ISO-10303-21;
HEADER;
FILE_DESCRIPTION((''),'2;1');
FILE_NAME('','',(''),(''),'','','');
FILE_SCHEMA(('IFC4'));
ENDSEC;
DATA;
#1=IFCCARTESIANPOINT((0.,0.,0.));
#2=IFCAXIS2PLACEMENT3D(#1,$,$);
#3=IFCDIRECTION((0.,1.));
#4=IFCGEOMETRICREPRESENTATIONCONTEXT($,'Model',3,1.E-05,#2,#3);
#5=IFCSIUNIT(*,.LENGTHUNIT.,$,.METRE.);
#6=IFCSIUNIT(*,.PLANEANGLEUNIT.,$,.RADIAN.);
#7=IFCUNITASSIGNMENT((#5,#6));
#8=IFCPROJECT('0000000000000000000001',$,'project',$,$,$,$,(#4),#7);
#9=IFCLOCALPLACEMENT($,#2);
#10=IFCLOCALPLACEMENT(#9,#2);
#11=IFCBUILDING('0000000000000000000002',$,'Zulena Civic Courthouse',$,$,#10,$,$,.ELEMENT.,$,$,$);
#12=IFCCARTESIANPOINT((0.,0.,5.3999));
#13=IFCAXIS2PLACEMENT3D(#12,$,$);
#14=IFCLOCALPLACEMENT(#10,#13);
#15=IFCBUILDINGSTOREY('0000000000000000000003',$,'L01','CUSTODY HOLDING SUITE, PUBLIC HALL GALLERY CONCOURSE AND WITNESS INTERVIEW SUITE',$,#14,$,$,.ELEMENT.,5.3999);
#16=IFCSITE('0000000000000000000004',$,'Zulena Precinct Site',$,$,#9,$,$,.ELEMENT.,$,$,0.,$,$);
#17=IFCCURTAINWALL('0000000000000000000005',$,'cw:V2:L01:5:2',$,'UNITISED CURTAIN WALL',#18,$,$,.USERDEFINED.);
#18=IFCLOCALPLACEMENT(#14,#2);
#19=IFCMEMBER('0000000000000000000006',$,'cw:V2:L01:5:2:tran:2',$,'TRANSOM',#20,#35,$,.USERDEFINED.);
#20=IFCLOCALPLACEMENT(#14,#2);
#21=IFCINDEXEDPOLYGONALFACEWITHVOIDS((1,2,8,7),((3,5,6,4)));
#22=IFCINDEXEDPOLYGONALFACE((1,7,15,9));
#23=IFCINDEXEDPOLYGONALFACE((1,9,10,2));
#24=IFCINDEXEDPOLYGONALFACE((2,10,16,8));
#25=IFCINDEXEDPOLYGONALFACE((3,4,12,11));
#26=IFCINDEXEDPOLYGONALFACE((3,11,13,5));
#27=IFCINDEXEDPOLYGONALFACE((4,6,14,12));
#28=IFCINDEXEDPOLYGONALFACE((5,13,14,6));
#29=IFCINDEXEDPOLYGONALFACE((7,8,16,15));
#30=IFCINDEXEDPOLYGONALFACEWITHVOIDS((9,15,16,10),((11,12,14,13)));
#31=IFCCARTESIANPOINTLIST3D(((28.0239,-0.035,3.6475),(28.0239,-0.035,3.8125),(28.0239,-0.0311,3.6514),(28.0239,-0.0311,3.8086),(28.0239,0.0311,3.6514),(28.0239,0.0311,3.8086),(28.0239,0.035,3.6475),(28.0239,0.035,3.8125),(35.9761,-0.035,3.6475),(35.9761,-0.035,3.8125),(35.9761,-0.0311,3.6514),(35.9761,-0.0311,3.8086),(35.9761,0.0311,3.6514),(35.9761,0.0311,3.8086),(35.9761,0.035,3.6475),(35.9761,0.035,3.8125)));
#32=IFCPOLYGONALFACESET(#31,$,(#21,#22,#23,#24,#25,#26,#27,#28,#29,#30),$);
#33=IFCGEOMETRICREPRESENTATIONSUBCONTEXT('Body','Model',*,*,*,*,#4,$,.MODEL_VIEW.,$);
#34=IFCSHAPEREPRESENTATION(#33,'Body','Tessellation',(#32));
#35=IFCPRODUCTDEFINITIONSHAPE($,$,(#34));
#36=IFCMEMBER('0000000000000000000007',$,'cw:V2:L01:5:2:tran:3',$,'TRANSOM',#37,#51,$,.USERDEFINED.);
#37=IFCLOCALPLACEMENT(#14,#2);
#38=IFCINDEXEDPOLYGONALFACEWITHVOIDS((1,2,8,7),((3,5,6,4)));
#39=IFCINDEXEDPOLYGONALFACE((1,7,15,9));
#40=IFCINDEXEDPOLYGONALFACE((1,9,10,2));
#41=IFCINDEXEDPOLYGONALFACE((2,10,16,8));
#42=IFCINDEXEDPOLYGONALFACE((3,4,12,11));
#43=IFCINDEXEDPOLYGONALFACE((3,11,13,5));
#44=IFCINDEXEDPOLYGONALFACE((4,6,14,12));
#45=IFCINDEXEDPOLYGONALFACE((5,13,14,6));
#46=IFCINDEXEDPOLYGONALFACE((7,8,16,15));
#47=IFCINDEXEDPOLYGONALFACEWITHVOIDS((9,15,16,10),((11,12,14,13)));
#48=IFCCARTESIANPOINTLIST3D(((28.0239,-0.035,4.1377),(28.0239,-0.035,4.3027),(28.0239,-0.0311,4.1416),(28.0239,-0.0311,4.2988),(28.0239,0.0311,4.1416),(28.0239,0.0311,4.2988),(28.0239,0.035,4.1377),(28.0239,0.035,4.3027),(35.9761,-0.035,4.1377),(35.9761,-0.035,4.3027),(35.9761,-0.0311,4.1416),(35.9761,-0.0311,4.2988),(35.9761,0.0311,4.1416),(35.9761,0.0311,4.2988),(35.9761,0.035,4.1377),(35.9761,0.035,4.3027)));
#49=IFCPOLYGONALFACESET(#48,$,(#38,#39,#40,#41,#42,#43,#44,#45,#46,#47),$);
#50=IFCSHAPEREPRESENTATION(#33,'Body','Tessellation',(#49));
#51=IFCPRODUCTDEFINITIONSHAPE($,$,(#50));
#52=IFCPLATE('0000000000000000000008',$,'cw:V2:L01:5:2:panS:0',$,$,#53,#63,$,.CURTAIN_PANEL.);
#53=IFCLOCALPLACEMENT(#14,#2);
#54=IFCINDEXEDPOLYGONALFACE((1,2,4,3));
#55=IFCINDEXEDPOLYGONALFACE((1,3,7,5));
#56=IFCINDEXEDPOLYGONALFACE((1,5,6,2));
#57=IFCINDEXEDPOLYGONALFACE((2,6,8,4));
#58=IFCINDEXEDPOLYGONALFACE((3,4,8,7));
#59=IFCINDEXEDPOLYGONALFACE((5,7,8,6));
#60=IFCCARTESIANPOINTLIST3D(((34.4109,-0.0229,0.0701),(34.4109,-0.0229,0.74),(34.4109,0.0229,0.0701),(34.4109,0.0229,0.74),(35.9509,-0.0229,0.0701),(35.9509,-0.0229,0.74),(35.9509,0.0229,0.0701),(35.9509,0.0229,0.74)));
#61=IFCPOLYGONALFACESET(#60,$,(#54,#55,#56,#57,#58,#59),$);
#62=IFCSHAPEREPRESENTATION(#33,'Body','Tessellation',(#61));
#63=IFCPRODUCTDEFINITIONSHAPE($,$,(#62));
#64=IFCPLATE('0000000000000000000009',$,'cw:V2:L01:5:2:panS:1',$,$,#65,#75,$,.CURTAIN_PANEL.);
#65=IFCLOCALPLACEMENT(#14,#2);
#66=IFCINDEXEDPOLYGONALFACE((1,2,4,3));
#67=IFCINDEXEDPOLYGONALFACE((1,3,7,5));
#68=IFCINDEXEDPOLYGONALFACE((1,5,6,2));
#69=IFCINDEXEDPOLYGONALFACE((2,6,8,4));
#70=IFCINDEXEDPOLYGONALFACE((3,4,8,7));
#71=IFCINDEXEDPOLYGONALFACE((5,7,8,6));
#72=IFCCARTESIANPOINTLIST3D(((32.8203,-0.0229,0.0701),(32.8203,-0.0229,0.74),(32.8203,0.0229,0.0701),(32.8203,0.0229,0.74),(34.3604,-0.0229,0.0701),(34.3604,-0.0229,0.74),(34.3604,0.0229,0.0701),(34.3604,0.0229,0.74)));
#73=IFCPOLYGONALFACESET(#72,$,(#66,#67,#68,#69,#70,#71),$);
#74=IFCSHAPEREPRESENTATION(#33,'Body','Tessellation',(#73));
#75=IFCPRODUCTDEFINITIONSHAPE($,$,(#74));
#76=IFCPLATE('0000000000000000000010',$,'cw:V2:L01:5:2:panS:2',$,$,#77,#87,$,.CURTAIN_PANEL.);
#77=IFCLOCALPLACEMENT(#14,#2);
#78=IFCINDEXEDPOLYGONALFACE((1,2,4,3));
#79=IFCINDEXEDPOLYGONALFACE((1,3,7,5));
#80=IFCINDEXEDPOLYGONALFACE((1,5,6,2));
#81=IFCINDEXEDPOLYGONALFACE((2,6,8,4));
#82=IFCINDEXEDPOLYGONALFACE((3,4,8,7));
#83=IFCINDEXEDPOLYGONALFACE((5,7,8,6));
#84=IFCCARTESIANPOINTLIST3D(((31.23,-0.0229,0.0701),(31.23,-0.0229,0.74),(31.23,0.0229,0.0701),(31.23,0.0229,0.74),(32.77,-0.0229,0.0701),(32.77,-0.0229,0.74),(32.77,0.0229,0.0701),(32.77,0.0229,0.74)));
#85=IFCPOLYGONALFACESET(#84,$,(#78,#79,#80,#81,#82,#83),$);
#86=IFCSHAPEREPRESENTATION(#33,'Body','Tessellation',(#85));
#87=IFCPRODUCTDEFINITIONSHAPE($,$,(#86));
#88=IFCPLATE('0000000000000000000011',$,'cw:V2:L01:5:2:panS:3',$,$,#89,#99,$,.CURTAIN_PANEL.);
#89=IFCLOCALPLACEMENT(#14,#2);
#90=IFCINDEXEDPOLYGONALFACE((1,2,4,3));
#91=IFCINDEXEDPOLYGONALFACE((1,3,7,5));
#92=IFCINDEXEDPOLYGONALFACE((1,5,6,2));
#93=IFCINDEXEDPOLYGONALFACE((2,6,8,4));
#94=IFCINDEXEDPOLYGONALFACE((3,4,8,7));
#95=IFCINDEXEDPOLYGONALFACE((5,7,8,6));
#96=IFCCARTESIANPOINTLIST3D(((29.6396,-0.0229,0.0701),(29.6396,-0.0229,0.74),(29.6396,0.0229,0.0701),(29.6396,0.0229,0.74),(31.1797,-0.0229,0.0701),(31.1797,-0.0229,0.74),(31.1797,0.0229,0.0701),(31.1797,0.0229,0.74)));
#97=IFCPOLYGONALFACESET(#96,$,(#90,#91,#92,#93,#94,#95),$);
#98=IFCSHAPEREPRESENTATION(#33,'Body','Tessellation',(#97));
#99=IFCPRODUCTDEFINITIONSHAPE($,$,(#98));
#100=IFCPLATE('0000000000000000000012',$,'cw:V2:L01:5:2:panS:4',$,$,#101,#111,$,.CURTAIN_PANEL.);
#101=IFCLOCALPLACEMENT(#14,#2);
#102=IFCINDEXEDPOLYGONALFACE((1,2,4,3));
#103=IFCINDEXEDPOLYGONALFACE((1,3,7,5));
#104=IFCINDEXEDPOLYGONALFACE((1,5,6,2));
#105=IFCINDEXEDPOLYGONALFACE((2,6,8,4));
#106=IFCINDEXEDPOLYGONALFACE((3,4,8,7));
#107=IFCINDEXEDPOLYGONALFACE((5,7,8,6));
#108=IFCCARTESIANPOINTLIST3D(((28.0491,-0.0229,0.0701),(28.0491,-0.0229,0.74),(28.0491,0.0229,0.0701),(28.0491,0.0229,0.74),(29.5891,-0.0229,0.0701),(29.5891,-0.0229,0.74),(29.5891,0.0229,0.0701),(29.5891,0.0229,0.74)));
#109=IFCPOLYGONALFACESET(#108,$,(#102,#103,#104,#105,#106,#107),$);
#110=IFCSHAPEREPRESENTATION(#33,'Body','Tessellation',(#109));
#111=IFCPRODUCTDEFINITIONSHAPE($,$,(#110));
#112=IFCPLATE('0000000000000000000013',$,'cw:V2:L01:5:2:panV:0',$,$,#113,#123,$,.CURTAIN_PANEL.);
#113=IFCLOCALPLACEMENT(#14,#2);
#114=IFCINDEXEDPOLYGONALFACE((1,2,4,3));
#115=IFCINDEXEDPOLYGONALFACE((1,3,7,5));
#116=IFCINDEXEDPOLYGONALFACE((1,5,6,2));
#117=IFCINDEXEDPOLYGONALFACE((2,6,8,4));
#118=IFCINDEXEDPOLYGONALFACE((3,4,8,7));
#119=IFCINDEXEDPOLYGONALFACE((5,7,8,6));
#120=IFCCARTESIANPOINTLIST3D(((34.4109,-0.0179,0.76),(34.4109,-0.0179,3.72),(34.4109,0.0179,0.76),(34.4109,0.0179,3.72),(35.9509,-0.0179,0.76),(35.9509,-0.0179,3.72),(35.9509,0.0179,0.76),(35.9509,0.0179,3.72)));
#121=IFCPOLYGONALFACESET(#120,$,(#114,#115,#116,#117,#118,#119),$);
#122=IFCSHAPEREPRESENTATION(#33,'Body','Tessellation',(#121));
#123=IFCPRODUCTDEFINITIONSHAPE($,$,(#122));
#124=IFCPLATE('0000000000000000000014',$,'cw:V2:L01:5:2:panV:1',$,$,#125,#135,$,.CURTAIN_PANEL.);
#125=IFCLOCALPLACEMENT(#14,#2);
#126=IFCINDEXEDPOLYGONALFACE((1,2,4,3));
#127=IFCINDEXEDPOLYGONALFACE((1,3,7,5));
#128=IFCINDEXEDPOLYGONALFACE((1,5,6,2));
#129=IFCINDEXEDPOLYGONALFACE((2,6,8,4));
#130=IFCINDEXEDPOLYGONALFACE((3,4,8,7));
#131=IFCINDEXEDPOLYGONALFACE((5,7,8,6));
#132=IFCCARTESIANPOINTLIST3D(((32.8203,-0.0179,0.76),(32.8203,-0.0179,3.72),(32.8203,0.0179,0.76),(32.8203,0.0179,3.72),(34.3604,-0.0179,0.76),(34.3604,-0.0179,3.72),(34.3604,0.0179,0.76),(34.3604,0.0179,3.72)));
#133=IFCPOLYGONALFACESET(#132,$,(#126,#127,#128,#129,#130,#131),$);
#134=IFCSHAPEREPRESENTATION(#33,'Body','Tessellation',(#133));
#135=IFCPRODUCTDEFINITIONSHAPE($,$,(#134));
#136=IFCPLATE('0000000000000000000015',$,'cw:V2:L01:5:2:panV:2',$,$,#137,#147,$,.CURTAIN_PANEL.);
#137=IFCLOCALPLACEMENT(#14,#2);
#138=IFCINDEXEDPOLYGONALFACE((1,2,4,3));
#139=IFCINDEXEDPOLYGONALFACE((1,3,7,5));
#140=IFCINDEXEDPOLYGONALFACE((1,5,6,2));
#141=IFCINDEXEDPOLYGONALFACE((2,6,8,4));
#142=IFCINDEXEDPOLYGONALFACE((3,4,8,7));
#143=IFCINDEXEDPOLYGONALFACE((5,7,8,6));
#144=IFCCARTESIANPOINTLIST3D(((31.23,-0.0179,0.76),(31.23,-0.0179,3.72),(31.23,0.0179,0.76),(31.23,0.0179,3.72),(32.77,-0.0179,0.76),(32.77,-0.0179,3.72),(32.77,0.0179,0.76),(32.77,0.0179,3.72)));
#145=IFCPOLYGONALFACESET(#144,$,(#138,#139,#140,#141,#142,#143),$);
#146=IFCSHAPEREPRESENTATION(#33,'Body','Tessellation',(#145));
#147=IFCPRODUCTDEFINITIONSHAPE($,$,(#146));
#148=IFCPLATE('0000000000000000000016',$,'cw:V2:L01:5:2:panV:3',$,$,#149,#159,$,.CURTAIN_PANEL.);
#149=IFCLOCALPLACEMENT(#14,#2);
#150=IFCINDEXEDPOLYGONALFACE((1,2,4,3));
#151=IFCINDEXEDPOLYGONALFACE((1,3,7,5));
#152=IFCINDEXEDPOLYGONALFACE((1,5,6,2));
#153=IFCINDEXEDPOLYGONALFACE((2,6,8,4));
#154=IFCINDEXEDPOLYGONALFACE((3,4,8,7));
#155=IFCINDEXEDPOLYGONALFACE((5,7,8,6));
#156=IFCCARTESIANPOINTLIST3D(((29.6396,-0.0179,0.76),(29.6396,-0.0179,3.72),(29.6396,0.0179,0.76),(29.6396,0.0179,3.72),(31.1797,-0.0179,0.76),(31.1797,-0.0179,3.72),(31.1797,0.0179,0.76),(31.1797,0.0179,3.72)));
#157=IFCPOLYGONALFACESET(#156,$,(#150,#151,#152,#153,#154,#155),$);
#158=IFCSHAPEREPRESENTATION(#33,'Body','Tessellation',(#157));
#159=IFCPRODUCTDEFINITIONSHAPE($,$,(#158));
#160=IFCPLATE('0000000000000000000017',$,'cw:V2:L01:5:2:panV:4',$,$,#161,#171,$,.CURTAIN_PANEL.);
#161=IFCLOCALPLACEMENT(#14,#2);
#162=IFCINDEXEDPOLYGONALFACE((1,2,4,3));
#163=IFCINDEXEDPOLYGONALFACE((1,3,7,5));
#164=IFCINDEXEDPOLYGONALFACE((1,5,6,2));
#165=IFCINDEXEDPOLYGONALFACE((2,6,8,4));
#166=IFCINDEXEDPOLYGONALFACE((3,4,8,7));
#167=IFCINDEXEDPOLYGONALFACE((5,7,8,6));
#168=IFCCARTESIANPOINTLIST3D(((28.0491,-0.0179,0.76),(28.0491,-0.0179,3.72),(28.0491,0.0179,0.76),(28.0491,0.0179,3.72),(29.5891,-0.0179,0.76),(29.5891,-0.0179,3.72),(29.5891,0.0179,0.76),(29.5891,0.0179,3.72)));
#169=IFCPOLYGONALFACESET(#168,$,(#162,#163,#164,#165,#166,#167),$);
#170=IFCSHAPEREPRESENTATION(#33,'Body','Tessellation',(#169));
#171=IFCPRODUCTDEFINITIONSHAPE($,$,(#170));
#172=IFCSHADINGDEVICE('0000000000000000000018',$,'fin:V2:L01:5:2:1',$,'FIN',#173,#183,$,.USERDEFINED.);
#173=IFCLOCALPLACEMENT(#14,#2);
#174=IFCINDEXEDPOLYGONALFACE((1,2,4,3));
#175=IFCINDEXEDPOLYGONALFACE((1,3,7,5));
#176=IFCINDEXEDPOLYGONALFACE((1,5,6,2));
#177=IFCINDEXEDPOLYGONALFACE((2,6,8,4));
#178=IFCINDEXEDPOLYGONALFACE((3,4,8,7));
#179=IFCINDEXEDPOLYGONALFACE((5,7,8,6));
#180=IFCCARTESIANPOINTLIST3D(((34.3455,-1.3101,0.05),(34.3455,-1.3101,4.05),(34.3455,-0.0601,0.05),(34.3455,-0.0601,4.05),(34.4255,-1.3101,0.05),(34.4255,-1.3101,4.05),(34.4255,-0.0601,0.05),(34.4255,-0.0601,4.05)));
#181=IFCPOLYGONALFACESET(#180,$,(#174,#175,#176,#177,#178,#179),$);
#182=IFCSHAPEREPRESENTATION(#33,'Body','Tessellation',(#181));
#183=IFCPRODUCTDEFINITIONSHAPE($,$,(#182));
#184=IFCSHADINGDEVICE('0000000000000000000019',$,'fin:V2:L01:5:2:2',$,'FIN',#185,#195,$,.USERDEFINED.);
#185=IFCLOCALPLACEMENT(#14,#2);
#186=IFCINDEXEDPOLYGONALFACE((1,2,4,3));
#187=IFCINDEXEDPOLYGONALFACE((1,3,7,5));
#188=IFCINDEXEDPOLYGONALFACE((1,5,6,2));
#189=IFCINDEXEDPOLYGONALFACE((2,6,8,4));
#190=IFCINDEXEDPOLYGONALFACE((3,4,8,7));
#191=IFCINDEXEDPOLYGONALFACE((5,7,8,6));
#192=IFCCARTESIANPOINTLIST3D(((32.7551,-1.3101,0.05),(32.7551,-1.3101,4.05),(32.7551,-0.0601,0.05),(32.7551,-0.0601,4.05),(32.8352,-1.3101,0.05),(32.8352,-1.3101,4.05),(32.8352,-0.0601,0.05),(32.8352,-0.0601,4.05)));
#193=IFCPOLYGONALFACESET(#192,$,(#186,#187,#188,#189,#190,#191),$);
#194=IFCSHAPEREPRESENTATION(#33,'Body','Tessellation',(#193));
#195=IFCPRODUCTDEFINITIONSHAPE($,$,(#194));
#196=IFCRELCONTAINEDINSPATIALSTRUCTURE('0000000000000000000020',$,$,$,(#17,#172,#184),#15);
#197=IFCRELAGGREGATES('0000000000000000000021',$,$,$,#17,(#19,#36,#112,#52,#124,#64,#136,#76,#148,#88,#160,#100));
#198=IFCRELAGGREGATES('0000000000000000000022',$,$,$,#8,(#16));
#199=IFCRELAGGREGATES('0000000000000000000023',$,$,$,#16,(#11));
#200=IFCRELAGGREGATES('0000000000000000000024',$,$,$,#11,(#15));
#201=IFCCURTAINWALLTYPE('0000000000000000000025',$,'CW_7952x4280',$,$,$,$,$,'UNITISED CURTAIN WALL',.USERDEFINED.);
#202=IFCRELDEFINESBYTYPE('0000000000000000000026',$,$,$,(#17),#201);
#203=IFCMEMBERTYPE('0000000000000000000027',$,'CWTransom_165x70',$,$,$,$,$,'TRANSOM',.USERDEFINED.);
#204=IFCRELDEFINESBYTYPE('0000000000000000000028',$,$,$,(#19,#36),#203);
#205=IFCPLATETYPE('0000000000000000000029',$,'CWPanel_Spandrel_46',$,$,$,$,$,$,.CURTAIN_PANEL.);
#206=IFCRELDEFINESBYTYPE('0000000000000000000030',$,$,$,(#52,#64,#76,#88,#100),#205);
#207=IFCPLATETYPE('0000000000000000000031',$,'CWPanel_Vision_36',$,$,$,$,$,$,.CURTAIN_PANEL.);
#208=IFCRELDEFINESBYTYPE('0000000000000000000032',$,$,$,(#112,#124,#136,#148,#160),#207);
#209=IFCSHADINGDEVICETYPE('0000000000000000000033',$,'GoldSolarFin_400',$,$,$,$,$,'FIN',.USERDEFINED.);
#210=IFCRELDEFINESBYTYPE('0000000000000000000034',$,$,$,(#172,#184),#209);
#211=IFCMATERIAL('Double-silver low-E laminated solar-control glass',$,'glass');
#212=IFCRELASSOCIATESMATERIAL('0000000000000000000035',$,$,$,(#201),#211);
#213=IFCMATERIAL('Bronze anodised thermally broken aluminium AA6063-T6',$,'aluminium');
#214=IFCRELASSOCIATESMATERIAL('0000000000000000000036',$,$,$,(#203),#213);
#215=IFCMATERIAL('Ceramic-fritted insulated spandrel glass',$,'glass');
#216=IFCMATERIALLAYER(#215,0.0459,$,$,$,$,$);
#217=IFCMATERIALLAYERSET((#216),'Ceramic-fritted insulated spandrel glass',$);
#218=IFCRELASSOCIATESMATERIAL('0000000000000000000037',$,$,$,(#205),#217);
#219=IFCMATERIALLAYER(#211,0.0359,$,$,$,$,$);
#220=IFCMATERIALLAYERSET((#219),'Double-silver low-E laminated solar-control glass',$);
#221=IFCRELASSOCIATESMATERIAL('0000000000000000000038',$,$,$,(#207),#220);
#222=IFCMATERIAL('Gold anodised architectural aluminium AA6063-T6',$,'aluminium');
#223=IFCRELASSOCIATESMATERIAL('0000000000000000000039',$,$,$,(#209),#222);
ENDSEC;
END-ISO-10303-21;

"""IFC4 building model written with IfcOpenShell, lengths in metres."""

from ifc_helpers import new_model, si_unit, direction, frame, origin, origin_2d, place, context, subcontext, project, spatial, rectangle, hollow_rectangle, extrude, material, layer, layer_set, material_profile, profile_set, type_object, element, aggregate, save


model = new_model("IFC4")

# Units and contexts
model_context = context("Model", 3, precision=1e-05, world=origin(), true_north=direction((0.0, 1.0)))
body_context = subcontext(model_context, "Body", "Model", "MODEL_VIEW")
ifc_project = project(units=[si_unit("LENGTHUNIT", "METRE"), si_unit("PLANEANGLEUNIT", "RADIAN")], contexts=[model_context])

# Site, building, storey
site_placement = place(None, origin())
site = spatial("IfcSite", under=ifc_project, at=site_placement, Name="Zulena Precinct Site", CompositionType="ELEMENT", RefElevation=0.0)
building_placement = place(site_placement, origin())
building = spatial("IfcBuilding", under=site, at=building_placement, Name="Zulena Civic Courthouse", CompositionType="ELEMENT")
storey_placement = place(building_placement, frame((0.0, 0.0, 5.3999)))
storey = spatial("IfcBuildingStorey", under=building, at=storey_placement, Name="L01", Description="CUSTODY HOLDING SUITE, PUBLIC HALL GALLERY CONCOURSE AND WITNESS INTERVIEW SUITE", CompositionType="ELEMENT", Elevation=5.3999)

# Shared definitions
ifc_material_1 = material(Name="Double-silver low-E laminated solar-control glass", Category="glass")
curtain_wall_type = type_object("IfcCurtainWallType", Name="CW_7952x4280", ElementType="UNITISED CURTAIN WALL", PredefinedType="USERDEFINED", material=ifc_material_1)
ifc_material_2 = material(Name="Bronze anodised thermally broken aluminium AA6063-T6", Category="aluminium")

# Curtain wall, members, plates
curtain_wall_1_placement = place(storey_placement, origin())
curtain_wall_1 = element("IfcCurtainWall", 1, at=curtain_wall_1_placement, inside=storey, type_object=curtain_wall_type, Name="cw:V2:L01:5:2", ObjectType="UNITISED CURTAIN WALL", PredefinedType="USERDEFINED")
ifc_material_profile_1 = material_profile(ifc_material_2, hollow_rectangle(XDim=0.0701, YDim=0.165, WallThickness=0.0039, at=origin_2d()), Name="CWT165X70X4")
ifc_profile_set_1 = profile_set([ifc_material_profile_1], Name="Bronze anodised thermally broken aluminium AA6063-T6")
member_type_1 = type_object("IfcMemberType", Name="CWTransom_165x70", ElementType="TRANSOM", PredefinedType="USERDEFINED", material=ifc_profile_set_1)
member_1_placement = place(storey_placement, frame((35.9761, 0.0, 3.73), z_axis=(-1.0, 0.0, 0.0), x_axis=(0.0, -1.0, 0.0)))
member_1 = element("IfcMember", 2, at=member_1_placement, type_object=member_type_1, Name="cw:V2:L01:5:2:tran:2", ObjectType="TRANSOM", PredefinedType="USERDEFINED", context=body_context, shape_type="SweptSolid", body=[
    extrude(hollow_rectangle(XDim=0.0701, YDim=0.165, WallThickness=0.0039, at=origin_2d()), origin(), (0.0, 0.0, 1.0), 7.9521),
])
member_2_placement = place(storey_placement, frame((35.9761, 0.0, 4.2202), z_axis=(-1.0, 0.0, 0.0), x_axis=(0.0, -1.0, 0.0)))
member_2 = element("IfcMember", 3, at=member_2_placement, type_object=member_type_1, Name="cw:V2:L01:5:2:tran:3", ObjectType="TRANSOM", PredefinedType="USERDEFINED", context=body_context, shape_type="SweptSolid", body=[
    extrude(hollow_rectangle(XDim=0.0701, YDim=0.165, WallThickness=0.0039, at=origin_2d()), origin(), (0.0, 0.0, 1.0), 7.9521),
])
ifc_material_3 = material(Name="Ceramic-fritted insulated spandrel glass", Category="glass")
ifc_layer_1 = layer(ifc_material_3, 0.0459)
ifc_layer_set_1 = layer_set([ifc_layer_1], Name="Ceramic-fritted insulated spandrel glass")
plate_type_1 = type_object("IfcPlateType", Name="CWPanel_Spandrel_46", PredefinedType="CURTAIN_PANEL", material=ifc_layer_set_1)
plate_1_placement = place(storey_placement, frame((35.1809, 0.0, 0.0701), z_axis=(0.0, 0.0, 1.0), x_axis=(-1.0, 0.0, 0.0)))
plate_1 = element("IfcPlate", 4, at=plate_1_placement, type_object=plate_type_1, Name="cw:V2:L01:5:2:panS:0", PredefinedType="CURTAIN_PANEL", context=body_context, shape_type="SweptSolid", body=[
    extrude(rectangle(XDim=1.54, YDim=0.0459, at=origin_2d()), origin(), (0.0, 0.0, 1.0), 0.6699),
])
plate_2_placement = place(storey_placement, frame((33.5903, 0.0, 0.0701), z_axis=(0.0, 0.0, 1.0), x_axis=(-1.0, 0.0, 0.0)))
plate_2 = element("IfcPlate", 5, at=plate_2_placement, type_object=plate_type_1, Name="cw:V2:L01:5:2:panS:1", PredefinedType="CURTAIN_PANEL", context=body_context, shape_type="SweptSolid", body=[
    extrude(rectangle(XDim=1.54, YDim=0.0459, at=origin_2d()), origin(), (0.0, 0.0, 1.0), 0.6699),
])
plate_3_placement = place(storey_placement, frame((32.0, 0.0, 0.0701), z_axis=(0.0, 0.0, 1.0), x_axis=(-1.0, 0.0, 0.0)))
plate_3 = element("IfcPlate", 6, at=plate_3_placement, type_object=plate_type_1, Name="cw:V2:L01:5:2:panS:2", PredefinedType="CURTAIN_PANEL", context=body_context, shape_type="SweptSolid", body=[
    extrude(rectangle(XDim=1.54, YDim=0.0459, at=origin_2d()), origin(), (0.0, 0.0, 1.0), 0.6699),
])
plate_4_placement = place(storey_placement, frame((30.4097, 0.0, 0.0701), z_axis=(0.0, 0.0, 1.0), x_axis=(-1.0, 0.0, 0.0)))
plate_4 = element("IfcPlate", 7, at=plate_4_placement, type_object=plate_type_1, Name="cw:V2:L01:5:2:panS:3", PredefinedType="CURTAIN_PANEL", context=body_context, shape_type="SweptSolid", body=[
    extrude(rectangle(XDim=1.54, YDim=0.0459, at=origin_2d()), origin(), (0.0, 0.0, 1.0), 0.6699),
])
plate_5_placement = place(storey_placement, frame((28.8191, 0.0, 0.0701), z_axis=(0.0, 0.0, 1.0), x_axis=(-1.0, 0.0, 0.0)))
plate_5 = element("IfcPlate", 8, at=plate_5_placement, type_object=plate_type_1, Name="cw:V2:L01:5:2:panS:4", PredefinedType="CURTAIN_PANEL", context=body_context, shape_type="SweptSolid", body=[
    extrude(rectangle(XDim=1.54, YDim=0.0459, at=origin_2d()), origin(), (0.0, 0.0, 1.0), 0.6699),
])
ifc_layer_2 = layer(ifc_material_1, 0.0359)
ifc_layer_set_2 = layer_set([ifc_layer_2], Name="Double-silver low-E laminated solar-control glass")
plate_type_2 = type_object("IfcPlateType", Name="CWPanel_Vision_36", PredefinedType="CURTAIN_PANEL", material=ifc_layer_set_2)
plate_6_placement = place(storey_placement, frame((35.1809, 0.0, 0.76), z_axis=(0.0, 0.0, 1.0), x_axis=(-1.0, 0.0, 0.0)))
plate_6 = element("IfcPlate", 9, at=plate_6_placement, type_object=plate_type_2, Name="cw:V2:L01:5:2:panV:0", PredefinedType="CURTAIN_PANEL", context=body_context, shape_type="SweptSolid", body=[
    extrude(rectangle(XDim=1.54, YDim=0.0359, at=origin_2d()), origin(), (0.0, 0.0, 1.0), 2.96),
])
plate_7_placement = place(storey_placement, frame((33.5903, 0.0, 0.76), z_axis=(0.0, 0.0, 1.0), x_axis=(-1.0, 0.0, 0.0)))
plate_7 = element("IfcPlate", 10, at=plate_7_placement, type_object=plate_type_2, Name="cw:V2:L01:5:2:panV:1", PredefinedType="CURTAIN_PANEL", context=body_context, shape_type="SweptSolid", body=[
    extrude(rectangle(XDim=1.54, YDim=0.0359, at=origin_2d()), origin(), (0.0, 0.0, 1.0), 2.96),
])
plate_8_placement = place(storey_placement, frame((32.0, 0.0, 0.76), z_axis=(0.0, 0.0, 1.0), x_axis=(-1.0, 0.0, 0.0)))
plate_8 = element("IfcPlate", 11, at=plate_8_placement, type_object=plate_type_2, Name="cw:V2:L01:5:2:panV:2", PredefinedType="CURTAIN_PANEL", context=body_context, shape_type="SweptSolid", body=[
    extrude(rectangle(XDim=1.54, YDim=0.0359, at=origin_2d()), origin(), (0.0, 0.0, 1.0), 2.96),
])
plate_9_placement = place(storey_placement, frame((30.4097, 0.0, 0.76), z_axis=(0.0, 0.0, 1.0), x_axis=(-1.0, 0.0, 0.0)))
plate_9 = element("IfcPlate", 12, at=plate_9_placement, type_object=plate_type_2, Name="cw:V2:L01:5:2:panV:3", PredefinedType="CURTAIN_PANEL", context=body_context, shape_type="SweptSolid", body=[
    extrude(rectangle(XDim=1.54, YDim=0.0359, at=origin_2d()), origin(), (0.0, 0.0, 1.0), 2.96),
])
plate_10_placement = place(storey_placement, frame((28.8191, 0.0, 0.76), z_axis=(0.0, 0.0, 1.0), x_axis=(-1.0, 0.0, 0.0)))
plate_10 = element("IfcPlate", 13, at=plate_10_placement, type_object=plate_type_2, Name="cw:V2:L01:5:2:panV:4", PredefinedType="CURTAIN_PANEL", context=body_context, shape_type="SweptSolid", body=[
    extrude(rectangle(XDim=1.54, YDim=0.0359, at=origin_2d()), origin(), (0.0, 0.0, 1.0), 2.96),
])
aggregate(curtain_wall_1, [member_1, member_2, plate_6, plate_1, plate_7, plate_2, plate_8, plate_3, plate_9, plate_4, plate_10, plate_5])

# Shading devices
ifc_material_4 = material(Name="Gold anodised architectural aluminium AA6063-T6", Category="aluminium")
shading_device_type = type_object("IfcShadingDeviceType", Name="GoldSolarFin_400", ElementType="FIN", PredefinedType="USERDEFINED", material=ifc_material_4)
for number, where, z_axis, x_axis, name in (
    (14, (34.3855, -0.6851, 0.05), (0.0, 0.0, 1.0), (0.0, -1.0, 0.0), "fin:V2:L01:5:2:1"),
    (15, (32.7952, -0.6851, 0.05), (0.0, 0.0, 1.0), (0.0, -1.0, 0.0), "fin:V2:L01:5:2:2"),
):
    element("IfcShadingDevice", number, at=place(storey_placement, frame(where, z_axis=z_axis, x_axis=x_axis)), inside=storey, type_object=shading_device_type, Name=name, ObjectType="FIN", PredefinedType="USERDEFINED", context=body_context, shape_type="SweptSolid", body=[
        extrude(rectangle(XDim=1.25, YDim=0.0801, at=origin_2d()), origin(), (0.0, 0.0, 1.0), 4.0),
    ])

save(model, "model.ifc")
